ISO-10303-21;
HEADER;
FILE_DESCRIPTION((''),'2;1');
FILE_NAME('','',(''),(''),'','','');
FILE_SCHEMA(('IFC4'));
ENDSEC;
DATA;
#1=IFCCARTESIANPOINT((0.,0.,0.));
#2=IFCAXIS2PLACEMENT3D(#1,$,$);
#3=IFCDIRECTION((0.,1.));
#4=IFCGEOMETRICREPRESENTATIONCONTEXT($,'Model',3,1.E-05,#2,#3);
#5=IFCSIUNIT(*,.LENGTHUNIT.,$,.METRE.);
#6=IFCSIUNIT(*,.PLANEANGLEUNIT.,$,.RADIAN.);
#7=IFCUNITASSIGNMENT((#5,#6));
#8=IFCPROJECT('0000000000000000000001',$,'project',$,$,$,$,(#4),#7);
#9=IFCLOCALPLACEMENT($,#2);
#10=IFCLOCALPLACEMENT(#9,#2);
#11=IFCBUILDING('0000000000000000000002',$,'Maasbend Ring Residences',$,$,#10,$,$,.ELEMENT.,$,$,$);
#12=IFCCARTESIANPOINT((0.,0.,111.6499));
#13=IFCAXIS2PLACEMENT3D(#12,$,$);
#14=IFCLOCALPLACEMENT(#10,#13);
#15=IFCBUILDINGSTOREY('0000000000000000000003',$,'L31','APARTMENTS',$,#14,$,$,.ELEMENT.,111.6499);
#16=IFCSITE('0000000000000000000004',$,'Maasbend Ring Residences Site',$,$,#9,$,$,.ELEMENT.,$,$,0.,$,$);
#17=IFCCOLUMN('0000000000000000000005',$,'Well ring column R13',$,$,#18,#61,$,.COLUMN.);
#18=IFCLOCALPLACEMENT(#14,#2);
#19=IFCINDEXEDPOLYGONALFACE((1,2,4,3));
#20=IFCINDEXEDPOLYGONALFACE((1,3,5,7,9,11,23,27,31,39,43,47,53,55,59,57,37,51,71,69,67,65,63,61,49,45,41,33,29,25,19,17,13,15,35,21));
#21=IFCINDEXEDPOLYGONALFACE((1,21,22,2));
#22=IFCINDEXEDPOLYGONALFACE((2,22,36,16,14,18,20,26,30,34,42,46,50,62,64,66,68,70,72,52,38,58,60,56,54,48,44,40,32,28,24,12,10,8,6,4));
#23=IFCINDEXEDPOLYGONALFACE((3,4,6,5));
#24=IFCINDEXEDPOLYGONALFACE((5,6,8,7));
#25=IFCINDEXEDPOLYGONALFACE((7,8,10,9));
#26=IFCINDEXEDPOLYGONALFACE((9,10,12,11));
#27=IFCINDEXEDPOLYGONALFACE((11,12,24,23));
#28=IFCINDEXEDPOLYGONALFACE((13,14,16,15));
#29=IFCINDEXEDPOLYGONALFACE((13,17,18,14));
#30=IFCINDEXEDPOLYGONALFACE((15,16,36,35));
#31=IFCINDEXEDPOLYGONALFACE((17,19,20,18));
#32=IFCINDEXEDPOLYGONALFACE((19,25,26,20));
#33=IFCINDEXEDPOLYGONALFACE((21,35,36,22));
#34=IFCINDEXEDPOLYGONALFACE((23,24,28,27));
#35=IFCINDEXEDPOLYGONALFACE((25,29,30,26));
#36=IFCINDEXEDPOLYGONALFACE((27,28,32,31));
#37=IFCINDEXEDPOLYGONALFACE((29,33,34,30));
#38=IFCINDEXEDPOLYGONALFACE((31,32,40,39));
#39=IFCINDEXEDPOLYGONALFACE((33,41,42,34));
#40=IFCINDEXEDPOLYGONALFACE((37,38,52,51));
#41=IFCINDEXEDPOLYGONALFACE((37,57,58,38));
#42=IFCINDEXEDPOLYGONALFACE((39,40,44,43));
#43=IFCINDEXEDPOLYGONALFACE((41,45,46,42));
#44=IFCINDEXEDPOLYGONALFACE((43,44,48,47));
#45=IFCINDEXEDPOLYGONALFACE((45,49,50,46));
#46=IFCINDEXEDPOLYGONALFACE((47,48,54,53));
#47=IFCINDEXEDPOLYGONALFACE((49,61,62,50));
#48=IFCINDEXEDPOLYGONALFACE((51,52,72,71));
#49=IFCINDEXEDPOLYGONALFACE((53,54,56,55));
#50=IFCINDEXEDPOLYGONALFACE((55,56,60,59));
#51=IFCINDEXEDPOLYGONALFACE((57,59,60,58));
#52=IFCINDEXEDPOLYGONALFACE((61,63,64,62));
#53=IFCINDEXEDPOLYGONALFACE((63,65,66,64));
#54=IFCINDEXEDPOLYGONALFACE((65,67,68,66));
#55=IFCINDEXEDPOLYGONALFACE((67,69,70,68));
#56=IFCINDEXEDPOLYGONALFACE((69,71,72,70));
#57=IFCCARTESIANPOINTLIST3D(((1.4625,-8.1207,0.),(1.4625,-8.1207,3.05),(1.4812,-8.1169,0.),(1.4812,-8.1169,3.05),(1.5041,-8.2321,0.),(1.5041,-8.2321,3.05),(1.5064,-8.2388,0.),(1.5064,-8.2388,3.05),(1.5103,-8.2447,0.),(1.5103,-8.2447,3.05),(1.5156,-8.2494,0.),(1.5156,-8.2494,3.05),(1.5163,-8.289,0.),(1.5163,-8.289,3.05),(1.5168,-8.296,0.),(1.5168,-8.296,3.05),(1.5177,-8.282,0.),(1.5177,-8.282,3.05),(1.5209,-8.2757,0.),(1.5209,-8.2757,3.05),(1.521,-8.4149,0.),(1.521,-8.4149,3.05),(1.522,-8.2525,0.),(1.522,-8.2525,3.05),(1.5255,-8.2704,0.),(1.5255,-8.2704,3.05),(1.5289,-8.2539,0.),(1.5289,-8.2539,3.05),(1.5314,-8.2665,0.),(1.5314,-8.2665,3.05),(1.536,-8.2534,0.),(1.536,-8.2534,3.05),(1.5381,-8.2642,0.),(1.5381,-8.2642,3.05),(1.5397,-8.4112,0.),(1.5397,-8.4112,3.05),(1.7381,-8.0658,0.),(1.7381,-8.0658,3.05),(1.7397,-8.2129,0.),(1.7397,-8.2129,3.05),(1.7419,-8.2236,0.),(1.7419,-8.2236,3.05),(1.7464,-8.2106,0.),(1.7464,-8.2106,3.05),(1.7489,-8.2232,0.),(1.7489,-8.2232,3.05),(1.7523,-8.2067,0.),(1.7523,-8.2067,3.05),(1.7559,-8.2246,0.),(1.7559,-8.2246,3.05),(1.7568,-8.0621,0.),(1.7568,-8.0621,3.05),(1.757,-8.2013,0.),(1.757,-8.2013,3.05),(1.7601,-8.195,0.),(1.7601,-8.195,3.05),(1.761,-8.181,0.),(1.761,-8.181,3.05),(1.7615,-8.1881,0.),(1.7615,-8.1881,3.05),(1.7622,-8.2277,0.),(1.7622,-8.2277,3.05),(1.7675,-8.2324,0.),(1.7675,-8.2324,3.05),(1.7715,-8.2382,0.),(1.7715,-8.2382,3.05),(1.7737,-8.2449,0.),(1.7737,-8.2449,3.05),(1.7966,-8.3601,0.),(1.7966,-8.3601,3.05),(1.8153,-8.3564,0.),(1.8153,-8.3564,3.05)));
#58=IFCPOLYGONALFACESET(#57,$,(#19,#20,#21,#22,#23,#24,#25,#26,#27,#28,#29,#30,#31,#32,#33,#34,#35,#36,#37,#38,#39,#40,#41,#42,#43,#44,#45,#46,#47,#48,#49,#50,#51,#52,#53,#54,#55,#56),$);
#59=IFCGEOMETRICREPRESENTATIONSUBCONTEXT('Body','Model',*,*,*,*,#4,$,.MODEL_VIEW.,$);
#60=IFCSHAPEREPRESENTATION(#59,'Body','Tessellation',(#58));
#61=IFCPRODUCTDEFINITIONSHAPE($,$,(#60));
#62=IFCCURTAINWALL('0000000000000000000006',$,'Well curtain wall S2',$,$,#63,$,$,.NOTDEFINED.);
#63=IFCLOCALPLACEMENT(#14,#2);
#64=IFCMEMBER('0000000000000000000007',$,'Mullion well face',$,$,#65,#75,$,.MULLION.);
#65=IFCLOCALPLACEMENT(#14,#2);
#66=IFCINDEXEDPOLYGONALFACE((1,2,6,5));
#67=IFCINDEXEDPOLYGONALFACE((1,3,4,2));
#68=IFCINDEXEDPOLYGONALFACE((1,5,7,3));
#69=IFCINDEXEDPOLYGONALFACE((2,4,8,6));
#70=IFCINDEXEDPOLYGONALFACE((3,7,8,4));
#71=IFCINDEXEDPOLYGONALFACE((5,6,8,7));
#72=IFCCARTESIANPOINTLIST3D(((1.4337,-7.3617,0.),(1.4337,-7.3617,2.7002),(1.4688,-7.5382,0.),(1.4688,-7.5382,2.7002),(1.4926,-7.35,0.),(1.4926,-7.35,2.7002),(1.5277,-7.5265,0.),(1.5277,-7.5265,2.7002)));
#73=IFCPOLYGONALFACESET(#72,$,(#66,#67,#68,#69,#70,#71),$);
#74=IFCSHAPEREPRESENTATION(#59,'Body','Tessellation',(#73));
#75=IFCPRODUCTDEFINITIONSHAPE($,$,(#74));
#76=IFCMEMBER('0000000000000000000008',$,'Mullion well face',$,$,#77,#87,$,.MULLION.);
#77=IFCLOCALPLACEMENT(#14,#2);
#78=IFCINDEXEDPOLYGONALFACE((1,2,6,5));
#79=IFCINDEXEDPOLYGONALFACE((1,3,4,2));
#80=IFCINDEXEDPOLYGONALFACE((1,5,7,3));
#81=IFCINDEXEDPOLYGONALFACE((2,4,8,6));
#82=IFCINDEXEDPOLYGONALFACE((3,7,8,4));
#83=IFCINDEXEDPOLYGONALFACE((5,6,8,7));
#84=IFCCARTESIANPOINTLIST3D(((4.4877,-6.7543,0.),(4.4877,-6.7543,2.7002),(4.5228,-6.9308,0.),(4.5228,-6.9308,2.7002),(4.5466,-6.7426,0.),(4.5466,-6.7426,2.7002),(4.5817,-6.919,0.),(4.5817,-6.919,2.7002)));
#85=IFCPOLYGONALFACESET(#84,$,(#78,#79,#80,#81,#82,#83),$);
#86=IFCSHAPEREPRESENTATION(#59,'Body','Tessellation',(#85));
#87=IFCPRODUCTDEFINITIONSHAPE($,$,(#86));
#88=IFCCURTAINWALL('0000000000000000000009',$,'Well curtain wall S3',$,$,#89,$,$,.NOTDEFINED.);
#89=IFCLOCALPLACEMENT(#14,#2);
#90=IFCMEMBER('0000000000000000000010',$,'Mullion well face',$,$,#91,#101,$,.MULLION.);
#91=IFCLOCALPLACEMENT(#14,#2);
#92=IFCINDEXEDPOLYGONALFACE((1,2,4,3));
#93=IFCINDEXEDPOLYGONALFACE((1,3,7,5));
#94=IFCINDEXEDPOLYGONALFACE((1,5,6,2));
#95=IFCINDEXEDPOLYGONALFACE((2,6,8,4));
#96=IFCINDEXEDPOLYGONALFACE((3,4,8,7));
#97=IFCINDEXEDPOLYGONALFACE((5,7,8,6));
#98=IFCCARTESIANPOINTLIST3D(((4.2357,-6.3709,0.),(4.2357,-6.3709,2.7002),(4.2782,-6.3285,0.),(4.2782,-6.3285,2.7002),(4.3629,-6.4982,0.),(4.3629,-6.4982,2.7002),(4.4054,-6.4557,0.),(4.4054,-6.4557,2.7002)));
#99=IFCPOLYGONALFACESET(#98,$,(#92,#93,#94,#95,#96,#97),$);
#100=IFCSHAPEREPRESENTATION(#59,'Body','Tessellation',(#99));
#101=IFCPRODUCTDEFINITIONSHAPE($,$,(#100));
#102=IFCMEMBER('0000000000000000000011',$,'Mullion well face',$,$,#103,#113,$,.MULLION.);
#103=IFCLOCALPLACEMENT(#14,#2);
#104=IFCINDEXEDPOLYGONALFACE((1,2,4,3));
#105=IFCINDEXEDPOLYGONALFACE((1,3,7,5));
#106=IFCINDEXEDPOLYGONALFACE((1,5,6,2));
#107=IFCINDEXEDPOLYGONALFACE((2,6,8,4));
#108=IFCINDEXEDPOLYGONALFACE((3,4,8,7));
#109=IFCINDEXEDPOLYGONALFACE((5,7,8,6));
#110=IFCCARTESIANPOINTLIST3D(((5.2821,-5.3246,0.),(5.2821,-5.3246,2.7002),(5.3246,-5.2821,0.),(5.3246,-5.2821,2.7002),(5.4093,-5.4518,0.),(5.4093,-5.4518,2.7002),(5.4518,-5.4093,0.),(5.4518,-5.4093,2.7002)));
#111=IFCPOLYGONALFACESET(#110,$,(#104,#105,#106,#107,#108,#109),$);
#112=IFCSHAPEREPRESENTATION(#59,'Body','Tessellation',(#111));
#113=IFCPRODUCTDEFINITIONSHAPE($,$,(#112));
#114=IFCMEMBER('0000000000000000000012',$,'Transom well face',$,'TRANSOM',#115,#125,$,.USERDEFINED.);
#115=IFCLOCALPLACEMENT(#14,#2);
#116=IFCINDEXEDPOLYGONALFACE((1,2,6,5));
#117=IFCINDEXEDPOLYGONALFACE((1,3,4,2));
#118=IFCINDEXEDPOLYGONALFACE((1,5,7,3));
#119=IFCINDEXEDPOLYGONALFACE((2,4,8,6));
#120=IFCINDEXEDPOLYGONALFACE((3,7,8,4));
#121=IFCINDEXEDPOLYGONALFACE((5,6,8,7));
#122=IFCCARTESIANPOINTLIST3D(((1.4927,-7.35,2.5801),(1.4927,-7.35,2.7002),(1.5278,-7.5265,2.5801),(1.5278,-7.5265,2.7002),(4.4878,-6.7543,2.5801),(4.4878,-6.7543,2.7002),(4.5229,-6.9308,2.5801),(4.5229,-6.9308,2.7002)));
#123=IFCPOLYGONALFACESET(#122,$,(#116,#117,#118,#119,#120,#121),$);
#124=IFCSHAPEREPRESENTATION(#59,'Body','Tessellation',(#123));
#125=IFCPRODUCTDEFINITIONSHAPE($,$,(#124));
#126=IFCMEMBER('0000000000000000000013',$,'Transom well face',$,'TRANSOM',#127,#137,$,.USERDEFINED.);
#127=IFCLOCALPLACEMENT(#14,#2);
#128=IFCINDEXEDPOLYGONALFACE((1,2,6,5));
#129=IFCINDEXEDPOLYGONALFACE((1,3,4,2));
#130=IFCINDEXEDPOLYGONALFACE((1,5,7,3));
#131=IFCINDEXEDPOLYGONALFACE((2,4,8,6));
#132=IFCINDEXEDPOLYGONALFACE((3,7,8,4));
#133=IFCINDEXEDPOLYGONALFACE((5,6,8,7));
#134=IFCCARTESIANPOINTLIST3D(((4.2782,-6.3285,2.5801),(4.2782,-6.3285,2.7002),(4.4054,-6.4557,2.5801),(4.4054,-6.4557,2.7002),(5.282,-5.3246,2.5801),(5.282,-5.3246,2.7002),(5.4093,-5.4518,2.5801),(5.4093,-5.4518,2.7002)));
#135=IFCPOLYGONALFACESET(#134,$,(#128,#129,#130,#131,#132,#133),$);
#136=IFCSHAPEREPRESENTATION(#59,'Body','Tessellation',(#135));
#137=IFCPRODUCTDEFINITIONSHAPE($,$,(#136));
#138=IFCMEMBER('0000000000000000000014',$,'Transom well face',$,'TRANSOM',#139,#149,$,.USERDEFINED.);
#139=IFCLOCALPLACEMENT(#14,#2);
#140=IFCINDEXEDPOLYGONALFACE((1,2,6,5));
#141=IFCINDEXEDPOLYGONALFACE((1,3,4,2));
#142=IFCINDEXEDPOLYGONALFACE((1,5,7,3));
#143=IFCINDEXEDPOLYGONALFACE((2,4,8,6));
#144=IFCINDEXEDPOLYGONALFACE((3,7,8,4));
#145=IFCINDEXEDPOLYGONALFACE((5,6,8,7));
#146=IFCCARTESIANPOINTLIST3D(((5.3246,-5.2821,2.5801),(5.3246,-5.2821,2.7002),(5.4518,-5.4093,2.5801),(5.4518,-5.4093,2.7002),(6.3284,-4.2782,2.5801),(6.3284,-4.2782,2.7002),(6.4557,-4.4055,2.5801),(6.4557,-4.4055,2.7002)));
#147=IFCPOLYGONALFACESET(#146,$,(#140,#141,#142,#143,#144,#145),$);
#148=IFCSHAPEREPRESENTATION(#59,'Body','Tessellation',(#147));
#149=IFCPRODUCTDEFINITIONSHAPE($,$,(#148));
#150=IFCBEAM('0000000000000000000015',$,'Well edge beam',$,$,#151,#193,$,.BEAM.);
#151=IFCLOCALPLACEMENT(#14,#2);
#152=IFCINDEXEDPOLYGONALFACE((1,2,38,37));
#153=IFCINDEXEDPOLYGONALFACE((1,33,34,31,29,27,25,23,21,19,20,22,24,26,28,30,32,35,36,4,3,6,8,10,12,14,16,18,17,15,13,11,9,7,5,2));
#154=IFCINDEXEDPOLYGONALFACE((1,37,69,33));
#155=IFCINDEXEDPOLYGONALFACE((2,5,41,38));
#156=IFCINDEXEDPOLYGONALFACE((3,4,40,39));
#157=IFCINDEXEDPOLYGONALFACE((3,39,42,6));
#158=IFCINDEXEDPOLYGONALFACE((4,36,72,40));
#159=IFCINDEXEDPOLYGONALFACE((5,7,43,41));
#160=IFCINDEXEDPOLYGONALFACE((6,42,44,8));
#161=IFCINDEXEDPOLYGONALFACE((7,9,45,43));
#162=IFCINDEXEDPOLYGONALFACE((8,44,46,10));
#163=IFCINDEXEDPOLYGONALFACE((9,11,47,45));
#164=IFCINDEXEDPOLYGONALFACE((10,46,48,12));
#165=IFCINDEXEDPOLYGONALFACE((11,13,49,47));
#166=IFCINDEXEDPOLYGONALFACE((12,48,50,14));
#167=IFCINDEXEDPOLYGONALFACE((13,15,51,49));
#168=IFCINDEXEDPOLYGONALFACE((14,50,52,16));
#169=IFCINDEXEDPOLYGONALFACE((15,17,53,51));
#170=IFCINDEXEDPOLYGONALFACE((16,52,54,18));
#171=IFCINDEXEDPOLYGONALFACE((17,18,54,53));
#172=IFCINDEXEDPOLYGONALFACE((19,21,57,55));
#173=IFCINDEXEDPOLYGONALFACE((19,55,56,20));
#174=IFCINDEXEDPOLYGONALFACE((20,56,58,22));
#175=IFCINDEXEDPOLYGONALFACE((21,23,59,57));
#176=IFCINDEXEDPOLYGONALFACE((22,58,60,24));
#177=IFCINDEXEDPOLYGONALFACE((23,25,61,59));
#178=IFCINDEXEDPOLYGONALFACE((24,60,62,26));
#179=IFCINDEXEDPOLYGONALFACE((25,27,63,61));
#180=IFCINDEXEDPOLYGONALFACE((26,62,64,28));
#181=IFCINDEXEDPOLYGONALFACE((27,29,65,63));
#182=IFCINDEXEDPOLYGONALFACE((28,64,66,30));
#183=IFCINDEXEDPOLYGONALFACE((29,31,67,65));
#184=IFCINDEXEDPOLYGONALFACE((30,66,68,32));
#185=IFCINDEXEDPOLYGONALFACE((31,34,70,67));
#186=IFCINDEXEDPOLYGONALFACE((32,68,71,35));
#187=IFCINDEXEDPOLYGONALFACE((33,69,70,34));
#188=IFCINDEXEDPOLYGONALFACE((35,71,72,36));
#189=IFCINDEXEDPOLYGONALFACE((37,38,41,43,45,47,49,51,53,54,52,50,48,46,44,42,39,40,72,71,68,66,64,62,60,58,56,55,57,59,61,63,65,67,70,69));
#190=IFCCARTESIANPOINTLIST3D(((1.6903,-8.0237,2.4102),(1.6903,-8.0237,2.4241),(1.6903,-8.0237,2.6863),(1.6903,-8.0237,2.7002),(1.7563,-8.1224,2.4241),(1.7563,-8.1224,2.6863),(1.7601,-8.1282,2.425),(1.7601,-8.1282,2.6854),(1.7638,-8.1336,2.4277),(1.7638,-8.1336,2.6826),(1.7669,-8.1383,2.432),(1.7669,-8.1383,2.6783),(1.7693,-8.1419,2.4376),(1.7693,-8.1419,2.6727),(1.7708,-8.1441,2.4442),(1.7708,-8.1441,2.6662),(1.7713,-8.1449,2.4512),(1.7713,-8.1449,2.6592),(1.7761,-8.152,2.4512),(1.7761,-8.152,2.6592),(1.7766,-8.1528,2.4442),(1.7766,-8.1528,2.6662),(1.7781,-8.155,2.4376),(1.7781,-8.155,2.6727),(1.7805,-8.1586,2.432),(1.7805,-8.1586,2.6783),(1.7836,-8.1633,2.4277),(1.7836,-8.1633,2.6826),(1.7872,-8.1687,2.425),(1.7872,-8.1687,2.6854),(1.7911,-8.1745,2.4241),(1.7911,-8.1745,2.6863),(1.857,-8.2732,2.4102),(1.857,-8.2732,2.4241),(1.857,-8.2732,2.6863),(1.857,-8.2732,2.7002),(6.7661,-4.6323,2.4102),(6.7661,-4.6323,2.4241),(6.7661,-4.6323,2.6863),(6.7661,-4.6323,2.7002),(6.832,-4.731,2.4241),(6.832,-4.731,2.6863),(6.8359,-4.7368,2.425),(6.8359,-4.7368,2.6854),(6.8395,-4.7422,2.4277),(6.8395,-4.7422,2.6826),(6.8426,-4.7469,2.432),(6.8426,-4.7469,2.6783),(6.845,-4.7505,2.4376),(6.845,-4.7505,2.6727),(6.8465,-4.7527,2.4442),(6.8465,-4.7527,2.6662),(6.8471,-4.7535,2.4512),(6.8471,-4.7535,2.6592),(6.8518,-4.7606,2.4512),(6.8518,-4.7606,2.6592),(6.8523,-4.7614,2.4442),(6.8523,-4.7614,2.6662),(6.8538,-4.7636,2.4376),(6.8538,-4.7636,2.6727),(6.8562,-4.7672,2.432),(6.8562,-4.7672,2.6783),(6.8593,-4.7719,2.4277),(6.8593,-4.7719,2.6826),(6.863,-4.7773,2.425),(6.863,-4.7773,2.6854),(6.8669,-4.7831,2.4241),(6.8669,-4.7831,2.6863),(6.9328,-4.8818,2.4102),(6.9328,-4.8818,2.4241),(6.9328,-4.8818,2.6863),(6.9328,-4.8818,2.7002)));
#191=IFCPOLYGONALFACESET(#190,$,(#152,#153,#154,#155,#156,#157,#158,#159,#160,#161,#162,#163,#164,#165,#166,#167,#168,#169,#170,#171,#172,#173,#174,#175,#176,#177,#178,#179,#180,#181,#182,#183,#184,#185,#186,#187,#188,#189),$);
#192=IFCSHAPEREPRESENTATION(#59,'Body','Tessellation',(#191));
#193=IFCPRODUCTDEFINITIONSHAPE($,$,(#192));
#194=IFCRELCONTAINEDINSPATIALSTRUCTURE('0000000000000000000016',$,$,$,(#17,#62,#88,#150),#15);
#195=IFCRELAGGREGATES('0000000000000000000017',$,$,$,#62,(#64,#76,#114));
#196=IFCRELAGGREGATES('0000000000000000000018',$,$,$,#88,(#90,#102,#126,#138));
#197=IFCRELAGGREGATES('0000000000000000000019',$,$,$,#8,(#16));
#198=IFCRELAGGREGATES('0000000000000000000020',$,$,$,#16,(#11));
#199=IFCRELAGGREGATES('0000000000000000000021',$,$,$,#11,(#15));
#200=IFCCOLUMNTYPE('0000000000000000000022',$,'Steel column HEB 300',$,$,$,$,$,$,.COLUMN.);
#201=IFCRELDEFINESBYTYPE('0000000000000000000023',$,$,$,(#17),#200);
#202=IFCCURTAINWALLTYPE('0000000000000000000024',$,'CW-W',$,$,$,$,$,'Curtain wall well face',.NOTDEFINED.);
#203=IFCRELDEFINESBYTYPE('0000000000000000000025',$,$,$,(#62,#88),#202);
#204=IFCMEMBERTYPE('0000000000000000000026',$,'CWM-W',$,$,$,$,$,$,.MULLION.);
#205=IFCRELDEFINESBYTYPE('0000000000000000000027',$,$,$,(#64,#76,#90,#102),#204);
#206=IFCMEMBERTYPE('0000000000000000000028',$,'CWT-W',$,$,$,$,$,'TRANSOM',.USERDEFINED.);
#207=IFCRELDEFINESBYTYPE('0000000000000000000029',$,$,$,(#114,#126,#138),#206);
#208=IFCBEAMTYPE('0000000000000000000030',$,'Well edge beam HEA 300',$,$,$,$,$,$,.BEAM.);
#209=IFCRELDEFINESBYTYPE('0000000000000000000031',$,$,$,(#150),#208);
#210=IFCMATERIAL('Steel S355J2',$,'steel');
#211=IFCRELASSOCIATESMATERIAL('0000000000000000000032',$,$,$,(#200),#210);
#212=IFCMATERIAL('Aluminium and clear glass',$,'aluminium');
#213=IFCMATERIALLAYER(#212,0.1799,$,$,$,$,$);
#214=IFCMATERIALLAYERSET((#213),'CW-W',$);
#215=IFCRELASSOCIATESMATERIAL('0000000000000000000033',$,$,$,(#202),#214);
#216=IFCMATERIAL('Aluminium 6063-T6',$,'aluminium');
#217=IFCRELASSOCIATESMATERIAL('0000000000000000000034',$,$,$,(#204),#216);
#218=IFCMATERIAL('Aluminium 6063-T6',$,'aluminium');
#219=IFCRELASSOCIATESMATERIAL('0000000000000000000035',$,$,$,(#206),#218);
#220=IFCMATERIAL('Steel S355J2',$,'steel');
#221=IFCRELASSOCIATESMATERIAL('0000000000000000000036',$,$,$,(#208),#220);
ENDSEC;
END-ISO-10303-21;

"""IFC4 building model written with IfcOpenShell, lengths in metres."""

from ifc_helpers import new_model, si_unit, direction, frame, origin, origin_2d, place, context, subcontext, project, spatial, rectangle, i_section, extrude, material, layer, layer_set, material_profile, profile_set, type_object, element, aggregate, save


model = new_model("IFC4")

# Units and contexts
model_context = context("Model", 3, precision=1e-05, world=origin(), true_north=direction((0.0, 1.0)))
body_context = subcontext(model_context, "Body", "Model", "MODEL_VIEW")
ifc_project = project(units=[si_unit("LENGTHUNIT", "METRE"), si_unit("PLANEANGLEUNIT", "RADIAN")], contexts=[model_context])

# Site, building, storey
site_placement = place(None, origin())
site = spatial("IfcSite", under=ifc_project, at=site_placement, Name="Maasbend Ring Residences Site", CompositionType="ELEMENT", RefElevation=0.0)
building_placement = place(site_placement, origin())
building = spatial("IfcBuilding", under=site, at=building_placement, Name="Maasbend Ring Residences", CompositionType="ELEMENT")
storey_placement = place(building_placement, frame((0.0, 0.0, 111.6499)))
storey = spatial("IfcBuildingStorey", under=building, at=storey_placement, Name="L31", Description="APARTMENTS", CompositionType="ELEMENT", Elevation=111.6499)

# Column
ifc_material_1 = material(Name="Steel S355J2", Category="steel")
ifc_material_profile_1 = material_profile(ifc_material_1, i_section(OverallWidth=0.3, OverallDepth=0.3, WebThickness=0.011, FlangeThickness=0.019, FilletRadius=0.0271, at=origin_2d()), Name="HEB 300")
ifc_profile_set_1 = profile_set([ifc_material_profile_1], Name="Steel S355J2")
column_type = type_object("IfcColumnType", Name="Steel column HEB 300", PredefinedType="COLUMN", material=ifc_profile_set_1)
column_placement = place(storey_placement, frame((1.6389, -8.2385, 0.0), z_axis=(0.0, 0.0, 1.0), x_axis=(0.19509, -0.980785, 0.0)))
element("IfcColumn", 1, at=column_placement, inside=storey, type_object=column_type, Name="Well ring column R13", PredefinedType="COLUMN", context=body_context, shape_type="SweptSolid", body=[
    extrude(i_section(OverallWidth=0.3, OverallDepth=0.3, WebThickness=0.011, FlangeThickness=0.019, FilletRadius=0.0271, at=origin_2d()), origin(), (0.0, 0.0, 1.0), 3.05),
])

# Curtain walls, members
ifc_material_2 = material(Name="Aluminium and clear glass", Category="aluminium")
ifc_layer_1 = layer(ifc_material_2, 0.1799)
ifc_layer_set_1 = layer_set([ifc_layer_1], Name="CW-W")
curtain_wall_type = type_object("IfcCurtainWallType", Name="CW-W", ElementType="Curtain wall well face", PredefinedType="NOTDEFINED", material=ifc_layer_set_1)
curtain_wall_1_placement = place(storey_placement, origin())
curtain_wall_1 = element("IfcCurtainWall", 2, at=curtain_wall_1_placement, inside=storey, type_object=curtain_wall_type, Name="Well curtain wall S2", PredefinedType="NOTDEFINED")
ifc_material_3 = material(Name="Aluminium 6063-T6", Category="aluminium")
ifc_material_profile_2 = material_profile(ifc_material_3, rectangle(XDim=0.1799, YDim=0.0601, at=origin_2d()), Name="AL 180x60")
ifc_profile_set_2 = profile_set([ifc_material_profile_2], Name="Aluminium 6063-T6")
member_type_1 = type_object("IfcMemberType", Name="CWM-W", PredefinedType="MULLION", material=ifc_profile_set_2)
member_1_placement = place(storey_placement, frame((1.4807, -7.4441, 0.0), z_axis=(0.0, 0.0, 1.0), x_axis=(-0.19509, 0.980785, 0.0)))
member_1 = element("IfcMember", 3, at=member_1_placement, type_object=member_type_1, Name="Mullion well face", PredefinedType="MULLION", context=body_context, shape_type="SweptSolid", body=[
    extrude(rectangle(XDim=0.1799, YDim=0.0601, at=origin_2d()), origin(), (0.0, 0.0, 1.0), 2.7002),
])
member_2_placement = place(storey_placement, frame((4.5347, -6.8367, 0.0), z_axis=(0.0, 0.0, 1.0), x_axis=(-0.19509, 0.980785, 0.0)))
member_2 = element("IfcMember", 4, at=member_2_placement, type_object=member_type_1, Name="Mullion well face", PredefinedType="MULLION", context=body_context, shape_type="SweptSolid", body=[
    extrude(rectangle(XDim=0.1799, YDim=0.0601, at=origin_2d()), origin(), (0.0, 0.0, 1.0), 2.7002),
])
curtain_wall_2_placement = place(storey_placement, origin())
curtain_wall_2 = element("IfcCurtainWall", 5, at=curtain_wall_2_placement, inside=storey, type_object=curtain_wall_type, Name="Well curtain wall S3", PredefinedType="NOTDEFINED")
member_3_placement = place(storey_placement, frame((4.3206, -6.4133, 0.0), z_axis=(0.0, 0.0, 1.0), x_axis=(-0.707107, 0.707107, 0.0)))
member_3 = element("IfcMember", 6, at=member_3_placement, type_object=member_type_1, Name="Mullion well face", PredefinedType="MULLION", context=body_context, shape_type="SweptSolid", body=[
    extrude(rectangle(XDim=0.1799, YDim=0.0601, at=origin_2d()), origin(), (0.0, 0.0, 1.0), 2.7002),
])
member_4_placement = place(storey_placement, frame((5.3669, -5.3669, 0.0), z_axis=(0.0, 0.0, 1.0), x_axis=(-0.707107, 0.707107, 0.0)))
member_4 = element("IfcMember", 7, at=member_4_placement, type_object=member_type_1, Name="Mullion well face", PredefinedType="MULLION", context=body_context, shape_type="SweptSolid", body=[
    extrude(rectangle(XDim=0.1799, YDim=0.0601, at=origin_2d()), origin(), (0.0, 0.0, 1.0), 2.7002),
])

# Members
ifc_material_4 = material(Name="Aluminium 6063-T6", Category="aluminium")
ifc_material_profile_3 = material_profile(ifc_material_4, rectangle(XDim=0.1799, YDim=0.1201, at=origin_2d()), Name="AL 180x120")
ifc_profile_set_3 = profile_set([ifc_material_profile_3], Name="Aluminium 6063-T6")
member_type_2 = type_object("IfcMemberType", Name="CWT-W", ElementType="TRANSOM", PredefinedType="USERDEFINED", material=ifc_profile_set_3)
member_5_placement = place(storey_placement, frame((1.5103, -7.4382, 2.6401), z_axis=(0.980789, 0.195071, 0.0), x_axis=(-0.195071, 0.980789, 0.0)))
member_5 = element("IfcMember", 8, at=member_5_placement, type_object=member_type_2, Name="Transom well face", ObjectType="TRANSOM", PredefinedType="USERDEFINED", context=body_context, shape_type="SweptSolid", body=[
    extrude(rectangle(XDim=0.1799, YDim=0.1201, at=origin_2d()), origin(), (0.0, 0.0, 1.0), 3.0537),
])
member_6_placement = place(storey_placement, frame((4.3418, -6.3921, 2.6401), z_axis=(0.707107, 0.707107, 0.0), x_axis=(-0.707107, 0.707107, 0.0)))
member_6 = element("IfcMember", 9, at=member_6_placement, type_object=member_type_2, Name="Transom well face", ObjectType="TRANSOM", PredefinedType="USERDEFINED", context=body_context, shape_type="SweptSolid", body=[
    extrude(rectangle(XDim=0.1799, YDim=0.1201, at=origin_2d()), origin(), (0.0, 0.0, 1.0), 1.4197),
])
member_7_placement = place(storey_placement, frame((5.3882, -5.3457, 2.6401), z_axis=(0.707107, 0.707107, 0.0), x_axis=(-0.707107, 0.707107, 0.0)))
member_7 = element("IfcMember", 10, at=member_7_placement, type_object=member_type_2, Name="Transom well face", ObjectType="TRANSOM", PredefinedType="USERDEFINED", context=body_context, shape_type="SweptSolid", body=[
    extrude(rectangle(XDim=0.1799, YDim=0.1201, at=origin_2d()), origin(), (0.0, 0.0, 1.0), 1.4197),
])

# Beam
ifc_material_5 = material(Name="Steel S355J2", Category="steel")
ifc_material_profile_4 = material_profile(ifc_material_5, i_section(OverallWidth=0.3, OverallDepth=0.29, WebThickness=0.0085, FlangeThickness=0.0139, FilletRadius=0.0271, at=origin_2d()), Name="HEA 300")
ifc_profile_set_4 = profile_set([ifc_material_profile_4], Name="Steel S355J2")
beam_type = type_object("IfcBeamType", Name="Well edge beam HEA 300", PredefinedType="BEAM", material=ifc_profile_set_4)
beam_placement = place(storey_placement, frame((1.7737, -8.1484, 2.5552), z_axis=(0.831478, 0.555558, 0.0), x_axis=(-0.555558, 0.831478, 0.0)))
element("IfcBeam", 11, at=beam_placement, inside=storey, type_object=beam_type, Name="Well edge beam", PredefinedType="BEAM", context=body_context, shape_type="SweptSolid", body=[
    extrude(i_section(OverallWidth=0.3, OverallDepth=0.29, WebThickness=0.0085, FlangeThickness=0.0139, FilletRadius=0.0271, at=origin_2d()), origin(), (0.0, 0.0, 1.0), 6.1045),
])

aggregate(curtain_wall_1, [member_1, member_2, member_5])
aggregate(curtain_wall_2, [member_3, member_4, member_6, member_7])

save(model, "model.ifc")
